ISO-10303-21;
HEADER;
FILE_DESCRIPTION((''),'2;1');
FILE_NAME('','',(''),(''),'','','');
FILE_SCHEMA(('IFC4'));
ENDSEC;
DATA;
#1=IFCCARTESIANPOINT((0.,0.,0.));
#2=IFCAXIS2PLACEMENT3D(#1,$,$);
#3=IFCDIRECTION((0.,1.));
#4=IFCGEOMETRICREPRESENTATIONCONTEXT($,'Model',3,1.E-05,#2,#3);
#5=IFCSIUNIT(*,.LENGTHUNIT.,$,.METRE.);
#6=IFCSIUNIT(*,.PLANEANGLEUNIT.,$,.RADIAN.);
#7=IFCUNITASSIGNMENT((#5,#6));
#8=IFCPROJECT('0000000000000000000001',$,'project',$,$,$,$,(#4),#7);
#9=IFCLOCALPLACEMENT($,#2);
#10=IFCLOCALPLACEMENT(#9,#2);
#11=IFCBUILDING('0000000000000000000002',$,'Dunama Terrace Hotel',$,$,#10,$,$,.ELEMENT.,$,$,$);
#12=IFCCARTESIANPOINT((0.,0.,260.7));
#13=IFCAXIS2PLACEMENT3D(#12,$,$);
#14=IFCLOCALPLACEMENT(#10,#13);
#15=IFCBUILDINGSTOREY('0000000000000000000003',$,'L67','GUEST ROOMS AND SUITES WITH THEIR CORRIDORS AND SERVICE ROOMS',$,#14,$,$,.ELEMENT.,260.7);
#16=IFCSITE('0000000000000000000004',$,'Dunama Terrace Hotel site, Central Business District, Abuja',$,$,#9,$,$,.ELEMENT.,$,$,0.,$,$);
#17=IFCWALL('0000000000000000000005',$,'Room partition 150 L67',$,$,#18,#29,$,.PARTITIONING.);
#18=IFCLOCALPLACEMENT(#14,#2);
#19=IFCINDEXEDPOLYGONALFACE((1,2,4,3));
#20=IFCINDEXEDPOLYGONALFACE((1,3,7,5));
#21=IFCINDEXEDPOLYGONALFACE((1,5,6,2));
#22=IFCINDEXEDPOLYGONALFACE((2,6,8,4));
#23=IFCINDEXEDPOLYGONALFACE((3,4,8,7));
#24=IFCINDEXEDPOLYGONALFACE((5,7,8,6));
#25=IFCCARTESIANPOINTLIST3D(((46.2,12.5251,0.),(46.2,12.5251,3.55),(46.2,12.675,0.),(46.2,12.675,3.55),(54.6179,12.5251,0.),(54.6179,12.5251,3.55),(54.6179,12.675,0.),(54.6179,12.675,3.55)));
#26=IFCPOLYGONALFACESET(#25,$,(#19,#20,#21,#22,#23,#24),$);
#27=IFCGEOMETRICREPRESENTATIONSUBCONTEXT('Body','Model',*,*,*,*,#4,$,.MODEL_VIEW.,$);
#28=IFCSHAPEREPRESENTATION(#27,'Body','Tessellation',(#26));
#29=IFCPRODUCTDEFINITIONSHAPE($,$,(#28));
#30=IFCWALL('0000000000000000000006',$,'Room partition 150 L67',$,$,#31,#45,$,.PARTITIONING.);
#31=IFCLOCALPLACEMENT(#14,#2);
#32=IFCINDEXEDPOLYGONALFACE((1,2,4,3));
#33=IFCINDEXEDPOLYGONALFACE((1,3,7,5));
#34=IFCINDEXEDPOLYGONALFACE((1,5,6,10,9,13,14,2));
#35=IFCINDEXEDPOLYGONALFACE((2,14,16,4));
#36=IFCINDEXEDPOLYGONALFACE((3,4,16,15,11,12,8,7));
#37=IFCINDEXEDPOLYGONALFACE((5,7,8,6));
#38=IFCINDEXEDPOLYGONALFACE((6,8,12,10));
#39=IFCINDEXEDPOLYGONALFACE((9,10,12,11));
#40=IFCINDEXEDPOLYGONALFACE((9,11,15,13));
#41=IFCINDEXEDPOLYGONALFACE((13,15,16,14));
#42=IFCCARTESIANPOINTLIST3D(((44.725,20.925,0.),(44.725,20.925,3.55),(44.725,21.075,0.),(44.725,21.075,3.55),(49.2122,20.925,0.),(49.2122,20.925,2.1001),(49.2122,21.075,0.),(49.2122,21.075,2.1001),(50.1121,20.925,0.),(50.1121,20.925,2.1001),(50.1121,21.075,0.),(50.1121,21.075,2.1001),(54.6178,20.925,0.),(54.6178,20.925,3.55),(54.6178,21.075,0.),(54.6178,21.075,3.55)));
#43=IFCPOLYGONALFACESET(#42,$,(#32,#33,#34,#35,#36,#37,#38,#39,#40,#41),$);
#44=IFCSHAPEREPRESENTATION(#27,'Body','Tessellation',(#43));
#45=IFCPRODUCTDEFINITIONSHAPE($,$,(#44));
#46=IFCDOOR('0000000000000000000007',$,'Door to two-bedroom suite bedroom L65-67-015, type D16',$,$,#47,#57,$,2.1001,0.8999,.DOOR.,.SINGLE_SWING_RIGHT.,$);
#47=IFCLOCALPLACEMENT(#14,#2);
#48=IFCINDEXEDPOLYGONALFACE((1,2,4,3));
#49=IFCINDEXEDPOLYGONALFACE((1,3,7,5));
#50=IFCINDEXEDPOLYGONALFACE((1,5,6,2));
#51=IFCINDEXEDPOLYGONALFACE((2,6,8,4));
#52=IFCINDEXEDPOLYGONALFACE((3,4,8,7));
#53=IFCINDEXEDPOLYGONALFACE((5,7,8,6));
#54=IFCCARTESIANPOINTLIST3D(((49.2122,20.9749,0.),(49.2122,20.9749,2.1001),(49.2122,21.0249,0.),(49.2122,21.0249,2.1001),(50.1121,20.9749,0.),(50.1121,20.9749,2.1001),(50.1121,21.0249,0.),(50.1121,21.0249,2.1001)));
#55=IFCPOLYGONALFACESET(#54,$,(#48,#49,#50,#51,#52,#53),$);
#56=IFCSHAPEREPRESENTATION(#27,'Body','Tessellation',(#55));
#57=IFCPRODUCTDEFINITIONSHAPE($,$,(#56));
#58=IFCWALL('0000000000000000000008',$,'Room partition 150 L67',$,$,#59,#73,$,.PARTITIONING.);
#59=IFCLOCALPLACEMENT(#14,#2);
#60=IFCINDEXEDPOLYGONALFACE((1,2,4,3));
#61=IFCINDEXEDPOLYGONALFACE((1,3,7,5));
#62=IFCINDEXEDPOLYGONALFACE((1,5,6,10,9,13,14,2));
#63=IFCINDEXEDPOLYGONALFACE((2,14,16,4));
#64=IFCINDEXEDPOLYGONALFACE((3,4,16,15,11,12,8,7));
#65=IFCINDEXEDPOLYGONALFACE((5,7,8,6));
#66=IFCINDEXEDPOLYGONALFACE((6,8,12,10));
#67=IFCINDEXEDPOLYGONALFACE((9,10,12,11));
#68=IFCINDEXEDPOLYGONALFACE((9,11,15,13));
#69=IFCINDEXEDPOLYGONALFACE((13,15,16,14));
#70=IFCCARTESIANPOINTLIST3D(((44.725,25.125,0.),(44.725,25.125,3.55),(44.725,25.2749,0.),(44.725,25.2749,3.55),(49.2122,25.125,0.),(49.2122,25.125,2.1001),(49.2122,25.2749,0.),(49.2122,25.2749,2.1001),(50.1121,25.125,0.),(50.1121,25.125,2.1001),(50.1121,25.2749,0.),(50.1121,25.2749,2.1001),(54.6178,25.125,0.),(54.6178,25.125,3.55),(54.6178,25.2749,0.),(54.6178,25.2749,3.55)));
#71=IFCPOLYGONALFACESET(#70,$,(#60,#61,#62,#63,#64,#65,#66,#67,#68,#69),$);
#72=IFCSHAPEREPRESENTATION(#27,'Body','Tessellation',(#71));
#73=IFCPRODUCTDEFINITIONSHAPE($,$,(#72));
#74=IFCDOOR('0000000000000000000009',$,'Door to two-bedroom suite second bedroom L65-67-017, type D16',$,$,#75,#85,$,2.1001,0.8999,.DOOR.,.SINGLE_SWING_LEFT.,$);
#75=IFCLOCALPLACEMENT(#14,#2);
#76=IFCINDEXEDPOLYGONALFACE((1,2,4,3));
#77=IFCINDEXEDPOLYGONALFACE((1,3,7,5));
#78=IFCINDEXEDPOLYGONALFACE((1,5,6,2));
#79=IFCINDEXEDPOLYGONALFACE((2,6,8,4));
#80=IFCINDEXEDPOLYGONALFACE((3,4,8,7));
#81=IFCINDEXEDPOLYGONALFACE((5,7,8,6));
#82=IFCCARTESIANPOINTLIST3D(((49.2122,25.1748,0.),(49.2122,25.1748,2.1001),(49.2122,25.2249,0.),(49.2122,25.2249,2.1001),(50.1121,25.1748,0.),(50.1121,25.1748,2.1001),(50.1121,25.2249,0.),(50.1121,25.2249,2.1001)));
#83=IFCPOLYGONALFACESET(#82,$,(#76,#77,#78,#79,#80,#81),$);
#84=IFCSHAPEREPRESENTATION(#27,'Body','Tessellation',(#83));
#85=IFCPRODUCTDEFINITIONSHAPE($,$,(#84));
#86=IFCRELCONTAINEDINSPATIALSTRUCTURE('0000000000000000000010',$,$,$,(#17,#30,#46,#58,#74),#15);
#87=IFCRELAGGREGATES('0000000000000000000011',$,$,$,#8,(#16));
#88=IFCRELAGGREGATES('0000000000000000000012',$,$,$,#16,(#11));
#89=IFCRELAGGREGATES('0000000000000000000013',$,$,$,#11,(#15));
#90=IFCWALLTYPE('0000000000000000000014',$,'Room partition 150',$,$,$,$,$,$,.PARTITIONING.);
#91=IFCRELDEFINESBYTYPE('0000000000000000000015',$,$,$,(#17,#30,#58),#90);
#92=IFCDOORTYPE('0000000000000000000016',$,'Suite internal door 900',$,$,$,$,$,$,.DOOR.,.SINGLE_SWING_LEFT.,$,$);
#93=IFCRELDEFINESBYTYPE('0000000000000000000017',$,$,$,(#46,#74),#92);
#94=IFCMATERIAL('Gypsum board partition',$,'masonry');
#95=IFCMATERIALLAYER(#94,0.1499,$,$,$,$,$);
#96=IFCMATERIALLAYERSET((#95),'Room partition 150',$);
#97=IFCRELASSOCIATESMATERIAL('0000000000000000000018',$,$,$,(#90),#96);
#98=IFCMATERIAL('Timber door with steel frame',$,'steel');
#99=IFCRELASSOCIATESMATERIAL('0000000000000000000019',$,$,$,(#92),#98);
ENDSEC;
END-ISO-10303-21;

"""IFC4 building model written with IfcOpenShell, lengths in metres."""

from ifc_helpers import new_model, si_unit, direction, frame, frame_2d, origin, place, context, subcontext, project, spatial, rectangle, extrude, material, layer, layer_set, type_object, element, fill, save


model = new_model("IFC4")

# Units and contexts
model_context = context("Model", 3, precision=1e-05, world=origin(), true_north=direction((0.0, 1.0)))
body_context = subcontext(model_context, "Body", "Model", "MODEL_VIEW")
ifc_project = project(units=[si_unit("LENGTHUNIT", "METRE"), si_unit("PLANEANGLEUNIT", "RADIAN")], contexts=[model_context])

# Site, building, storey
site_placement = place(None, origin())
site = spatial("IfcSite", under=ifc_project, at=site_placement, Name="Dunama Terrace Hotel site, Central Business District, Abuja", CompositionType="ELEMENT", RefElevation=0.0)
building_placement = place(site_placement, origin())
building = spatial("IfcBuilding", under=site, at=building_placement, Name="Dunama Terrace Hotel", CompositionType="ELEMENT")
storey_placement = place(building_placement, frame((0.0, 0.0, 260.7)))
storey = spatial("IfcBuildingStorey", under=building, at=storey_placement, Name="L67", Description="GUEST ROOMS AND SUITES WITH THEIR CORRIDORS AND SERVICE ROOMS", CompositionType="ELEMENT", Elevation=260.7)

# Wall
ifc_material_1 = material(Name="Gypsum board partition", Category="masonry")
ifc_layer_1 = layer(ifc_material_1, 0.1499)
ifc_layer_set_1 = layer_set([ifc_layer_1], Name="Room partition 150")
wall_type_1 = type_object("IfcWallType", Name="Room partition 150", PredefinedType="PARTITIONING", material=ifc_layer_set_1)
wall_1_placement = place(storey_placement, frame((46.2, 12.6001, 0.0), z_axis=(0.0, 0.0, 1.0), x_axis=(1.0, 0.0, 0.0)))
element("IfcWall", 1, at=wall_1_placement, inside=storey, type_object=wall_type_1, Name="Room partition 150 L67", PredefinedType="PARTITIONING", context=body_context, shape_type="SweptSolid", body=[
    extrude(rectangle(XDim=8.418, YDim=0.1499, at=frame_2d((4.209, 0.0))), origin(), (0.0, 0.0, 1.0), 3.55),
])

# Walls, openings, doors
wall_2_placement = place(storey_placement, frame((44.7251, 21.0, 0.0), z_axis=(0.0, 0.0, 1.0), x_axis=(1.0, 0.0, 0.0)))
wall_2 = element("IfcWall", 2, at=wall_2_placement, inside=storey, type_object=wall_type_1, Name="Room partition 150 L67", PredefinedType="PARTITIONING", context=body_context, shape_type="SweptSolid", body=[
    extrude(rectangle(XDim=9.8928, YDim=0.1499, at=frame_2d((4.9463, 0.0))), origin(), (0.0, 0.0, 1.0), 3.55),
])
opening_1_placement = place(wall_2_placement, frame((4.4871, 0.0, 0.0)))
opening_1 = element("IfcOpeningElement", 3, at=opening_1_placement, cuts=wall_2, PredefinedType="OPENING", context=body_context, shape_type="SweptSolid", body=[
    extrude(rectangle(XDim=0.8999, YDim=2.1001, at=frame_2d((0.45, 1.05))), frame((0.0, 0.085, 0.0), z_axis=(0.0, -1.0, 0.0), x_axis=(1.0, 0.0, 0.0)), (0.0, 0.0, 1.0), 0.1699),
])
ifc_material_2 = material(Name="Timber door with steel frame", Category="steel")
door_type_1 = type_object("IfcDoorType", Name="Suite internal door 900", OperationType="SINGLE_SWING_LEFT", PredefinedType="DOOR", material=ifc_material_2)
door_1_placement = place(opening_1_placement, frame((0.8999, 0.0, 0.0), z_axis=(0.0, 0.0, 1.0), x_axis=(-1.0, 0.0, 0.0)))
door_1 = element("IfcDoor", 4, at=door_1_placement, inside=storey, type_object=door_type_1, Name="Door to two-bedroom suite bedroom L65-67-015, type D16", OperationType="SINGLE_SWING_RIGHT", OverallHeight=2.1001, OverallWidth=0.8999, PredefinedType="DOOR", context=body_context, shape_type="SweptSolid", body=[
    extrude(rectangle(XDim=0.8999, YDim=2.1001, at=frame_2d((0.45, 1.05))), frame((0.0, 0.0251, 0.0), z_axis=(0.0, -1.0, 0.0), x_axis=(1.0, 0.0, 0.0)), (0.0, 0.0, 1.0), 0.05),
])
fill(opening_1, door_1)
wall_3_placement = place(storey_placement, frame((44.7251, 25.2, 0.0), z_axis=(0.0, 0.0, 1.0), x_axis=(1.0, 0.0, 0.0)))
wall_3 = element("IfcWall", 5, at=wall_3_placement, inside=storey, type_object=wall_type_1, Name="Room partition 150 L67", PredefinedType="PARTITIONING", context=body_context, shape_type="SweptSolid", body=[
    extrude(rectangle(XDim=9.8928, YDim=0.1499, at=frame_2d((4.9463, 0.0))), origin(), (0.0, 0.0, 1.0), 3.55),
])
opening_2_placement = place(wall_3_placement, frame((4.4871, 0.0, 0.0)))
opening_2 = element("IfcOpeningElement", 6, at=opening_2_placement, cuts=wall_3, PredefinedType="OPENING", context=body_context, shape_type="SweptSolid", body=[
    extrude(rectangle(XDim=0.8999, YDim=2.1001, at=frame_2d((0.45, 1.05))), frame((0.0, 0.085, 0.0), z_axis=(0.0, -1.0, 0.0), x_axis=(1.0, 0.0, 0.0)), (0.0, 0.0, 1.0), 0.1699),
])
door_2_placement = place(opening_2_placement, origin())
door_2 = element("IfcDoor", 7, at=door_2_placement, inside=storey, type_object=door_type_1, Name="Door to two-bedroom suite second bedroom L65-67-017, type D16", OperationType="SINGLE_SWING_LEFT", OverallHeight=2.1001, OverallWidth=0.8999, PredefinedType="DOOR", context=body_context, shape_type="SweptSolid", body=[
    extrude(rectangle(XDim=0.8999, YDim=2.1001, at=frame_2d((0.45, 1.05))), frame((0.0, 0.0249, 0.0), z_axis=(0.0, -1.0, 0.0), x_axis=(1.0, 0.0, 0.0)), (0.0, 0.0, 1.0), 0.05),
])
fill(opening_2, door_2)

save(model, "model.ifc")
